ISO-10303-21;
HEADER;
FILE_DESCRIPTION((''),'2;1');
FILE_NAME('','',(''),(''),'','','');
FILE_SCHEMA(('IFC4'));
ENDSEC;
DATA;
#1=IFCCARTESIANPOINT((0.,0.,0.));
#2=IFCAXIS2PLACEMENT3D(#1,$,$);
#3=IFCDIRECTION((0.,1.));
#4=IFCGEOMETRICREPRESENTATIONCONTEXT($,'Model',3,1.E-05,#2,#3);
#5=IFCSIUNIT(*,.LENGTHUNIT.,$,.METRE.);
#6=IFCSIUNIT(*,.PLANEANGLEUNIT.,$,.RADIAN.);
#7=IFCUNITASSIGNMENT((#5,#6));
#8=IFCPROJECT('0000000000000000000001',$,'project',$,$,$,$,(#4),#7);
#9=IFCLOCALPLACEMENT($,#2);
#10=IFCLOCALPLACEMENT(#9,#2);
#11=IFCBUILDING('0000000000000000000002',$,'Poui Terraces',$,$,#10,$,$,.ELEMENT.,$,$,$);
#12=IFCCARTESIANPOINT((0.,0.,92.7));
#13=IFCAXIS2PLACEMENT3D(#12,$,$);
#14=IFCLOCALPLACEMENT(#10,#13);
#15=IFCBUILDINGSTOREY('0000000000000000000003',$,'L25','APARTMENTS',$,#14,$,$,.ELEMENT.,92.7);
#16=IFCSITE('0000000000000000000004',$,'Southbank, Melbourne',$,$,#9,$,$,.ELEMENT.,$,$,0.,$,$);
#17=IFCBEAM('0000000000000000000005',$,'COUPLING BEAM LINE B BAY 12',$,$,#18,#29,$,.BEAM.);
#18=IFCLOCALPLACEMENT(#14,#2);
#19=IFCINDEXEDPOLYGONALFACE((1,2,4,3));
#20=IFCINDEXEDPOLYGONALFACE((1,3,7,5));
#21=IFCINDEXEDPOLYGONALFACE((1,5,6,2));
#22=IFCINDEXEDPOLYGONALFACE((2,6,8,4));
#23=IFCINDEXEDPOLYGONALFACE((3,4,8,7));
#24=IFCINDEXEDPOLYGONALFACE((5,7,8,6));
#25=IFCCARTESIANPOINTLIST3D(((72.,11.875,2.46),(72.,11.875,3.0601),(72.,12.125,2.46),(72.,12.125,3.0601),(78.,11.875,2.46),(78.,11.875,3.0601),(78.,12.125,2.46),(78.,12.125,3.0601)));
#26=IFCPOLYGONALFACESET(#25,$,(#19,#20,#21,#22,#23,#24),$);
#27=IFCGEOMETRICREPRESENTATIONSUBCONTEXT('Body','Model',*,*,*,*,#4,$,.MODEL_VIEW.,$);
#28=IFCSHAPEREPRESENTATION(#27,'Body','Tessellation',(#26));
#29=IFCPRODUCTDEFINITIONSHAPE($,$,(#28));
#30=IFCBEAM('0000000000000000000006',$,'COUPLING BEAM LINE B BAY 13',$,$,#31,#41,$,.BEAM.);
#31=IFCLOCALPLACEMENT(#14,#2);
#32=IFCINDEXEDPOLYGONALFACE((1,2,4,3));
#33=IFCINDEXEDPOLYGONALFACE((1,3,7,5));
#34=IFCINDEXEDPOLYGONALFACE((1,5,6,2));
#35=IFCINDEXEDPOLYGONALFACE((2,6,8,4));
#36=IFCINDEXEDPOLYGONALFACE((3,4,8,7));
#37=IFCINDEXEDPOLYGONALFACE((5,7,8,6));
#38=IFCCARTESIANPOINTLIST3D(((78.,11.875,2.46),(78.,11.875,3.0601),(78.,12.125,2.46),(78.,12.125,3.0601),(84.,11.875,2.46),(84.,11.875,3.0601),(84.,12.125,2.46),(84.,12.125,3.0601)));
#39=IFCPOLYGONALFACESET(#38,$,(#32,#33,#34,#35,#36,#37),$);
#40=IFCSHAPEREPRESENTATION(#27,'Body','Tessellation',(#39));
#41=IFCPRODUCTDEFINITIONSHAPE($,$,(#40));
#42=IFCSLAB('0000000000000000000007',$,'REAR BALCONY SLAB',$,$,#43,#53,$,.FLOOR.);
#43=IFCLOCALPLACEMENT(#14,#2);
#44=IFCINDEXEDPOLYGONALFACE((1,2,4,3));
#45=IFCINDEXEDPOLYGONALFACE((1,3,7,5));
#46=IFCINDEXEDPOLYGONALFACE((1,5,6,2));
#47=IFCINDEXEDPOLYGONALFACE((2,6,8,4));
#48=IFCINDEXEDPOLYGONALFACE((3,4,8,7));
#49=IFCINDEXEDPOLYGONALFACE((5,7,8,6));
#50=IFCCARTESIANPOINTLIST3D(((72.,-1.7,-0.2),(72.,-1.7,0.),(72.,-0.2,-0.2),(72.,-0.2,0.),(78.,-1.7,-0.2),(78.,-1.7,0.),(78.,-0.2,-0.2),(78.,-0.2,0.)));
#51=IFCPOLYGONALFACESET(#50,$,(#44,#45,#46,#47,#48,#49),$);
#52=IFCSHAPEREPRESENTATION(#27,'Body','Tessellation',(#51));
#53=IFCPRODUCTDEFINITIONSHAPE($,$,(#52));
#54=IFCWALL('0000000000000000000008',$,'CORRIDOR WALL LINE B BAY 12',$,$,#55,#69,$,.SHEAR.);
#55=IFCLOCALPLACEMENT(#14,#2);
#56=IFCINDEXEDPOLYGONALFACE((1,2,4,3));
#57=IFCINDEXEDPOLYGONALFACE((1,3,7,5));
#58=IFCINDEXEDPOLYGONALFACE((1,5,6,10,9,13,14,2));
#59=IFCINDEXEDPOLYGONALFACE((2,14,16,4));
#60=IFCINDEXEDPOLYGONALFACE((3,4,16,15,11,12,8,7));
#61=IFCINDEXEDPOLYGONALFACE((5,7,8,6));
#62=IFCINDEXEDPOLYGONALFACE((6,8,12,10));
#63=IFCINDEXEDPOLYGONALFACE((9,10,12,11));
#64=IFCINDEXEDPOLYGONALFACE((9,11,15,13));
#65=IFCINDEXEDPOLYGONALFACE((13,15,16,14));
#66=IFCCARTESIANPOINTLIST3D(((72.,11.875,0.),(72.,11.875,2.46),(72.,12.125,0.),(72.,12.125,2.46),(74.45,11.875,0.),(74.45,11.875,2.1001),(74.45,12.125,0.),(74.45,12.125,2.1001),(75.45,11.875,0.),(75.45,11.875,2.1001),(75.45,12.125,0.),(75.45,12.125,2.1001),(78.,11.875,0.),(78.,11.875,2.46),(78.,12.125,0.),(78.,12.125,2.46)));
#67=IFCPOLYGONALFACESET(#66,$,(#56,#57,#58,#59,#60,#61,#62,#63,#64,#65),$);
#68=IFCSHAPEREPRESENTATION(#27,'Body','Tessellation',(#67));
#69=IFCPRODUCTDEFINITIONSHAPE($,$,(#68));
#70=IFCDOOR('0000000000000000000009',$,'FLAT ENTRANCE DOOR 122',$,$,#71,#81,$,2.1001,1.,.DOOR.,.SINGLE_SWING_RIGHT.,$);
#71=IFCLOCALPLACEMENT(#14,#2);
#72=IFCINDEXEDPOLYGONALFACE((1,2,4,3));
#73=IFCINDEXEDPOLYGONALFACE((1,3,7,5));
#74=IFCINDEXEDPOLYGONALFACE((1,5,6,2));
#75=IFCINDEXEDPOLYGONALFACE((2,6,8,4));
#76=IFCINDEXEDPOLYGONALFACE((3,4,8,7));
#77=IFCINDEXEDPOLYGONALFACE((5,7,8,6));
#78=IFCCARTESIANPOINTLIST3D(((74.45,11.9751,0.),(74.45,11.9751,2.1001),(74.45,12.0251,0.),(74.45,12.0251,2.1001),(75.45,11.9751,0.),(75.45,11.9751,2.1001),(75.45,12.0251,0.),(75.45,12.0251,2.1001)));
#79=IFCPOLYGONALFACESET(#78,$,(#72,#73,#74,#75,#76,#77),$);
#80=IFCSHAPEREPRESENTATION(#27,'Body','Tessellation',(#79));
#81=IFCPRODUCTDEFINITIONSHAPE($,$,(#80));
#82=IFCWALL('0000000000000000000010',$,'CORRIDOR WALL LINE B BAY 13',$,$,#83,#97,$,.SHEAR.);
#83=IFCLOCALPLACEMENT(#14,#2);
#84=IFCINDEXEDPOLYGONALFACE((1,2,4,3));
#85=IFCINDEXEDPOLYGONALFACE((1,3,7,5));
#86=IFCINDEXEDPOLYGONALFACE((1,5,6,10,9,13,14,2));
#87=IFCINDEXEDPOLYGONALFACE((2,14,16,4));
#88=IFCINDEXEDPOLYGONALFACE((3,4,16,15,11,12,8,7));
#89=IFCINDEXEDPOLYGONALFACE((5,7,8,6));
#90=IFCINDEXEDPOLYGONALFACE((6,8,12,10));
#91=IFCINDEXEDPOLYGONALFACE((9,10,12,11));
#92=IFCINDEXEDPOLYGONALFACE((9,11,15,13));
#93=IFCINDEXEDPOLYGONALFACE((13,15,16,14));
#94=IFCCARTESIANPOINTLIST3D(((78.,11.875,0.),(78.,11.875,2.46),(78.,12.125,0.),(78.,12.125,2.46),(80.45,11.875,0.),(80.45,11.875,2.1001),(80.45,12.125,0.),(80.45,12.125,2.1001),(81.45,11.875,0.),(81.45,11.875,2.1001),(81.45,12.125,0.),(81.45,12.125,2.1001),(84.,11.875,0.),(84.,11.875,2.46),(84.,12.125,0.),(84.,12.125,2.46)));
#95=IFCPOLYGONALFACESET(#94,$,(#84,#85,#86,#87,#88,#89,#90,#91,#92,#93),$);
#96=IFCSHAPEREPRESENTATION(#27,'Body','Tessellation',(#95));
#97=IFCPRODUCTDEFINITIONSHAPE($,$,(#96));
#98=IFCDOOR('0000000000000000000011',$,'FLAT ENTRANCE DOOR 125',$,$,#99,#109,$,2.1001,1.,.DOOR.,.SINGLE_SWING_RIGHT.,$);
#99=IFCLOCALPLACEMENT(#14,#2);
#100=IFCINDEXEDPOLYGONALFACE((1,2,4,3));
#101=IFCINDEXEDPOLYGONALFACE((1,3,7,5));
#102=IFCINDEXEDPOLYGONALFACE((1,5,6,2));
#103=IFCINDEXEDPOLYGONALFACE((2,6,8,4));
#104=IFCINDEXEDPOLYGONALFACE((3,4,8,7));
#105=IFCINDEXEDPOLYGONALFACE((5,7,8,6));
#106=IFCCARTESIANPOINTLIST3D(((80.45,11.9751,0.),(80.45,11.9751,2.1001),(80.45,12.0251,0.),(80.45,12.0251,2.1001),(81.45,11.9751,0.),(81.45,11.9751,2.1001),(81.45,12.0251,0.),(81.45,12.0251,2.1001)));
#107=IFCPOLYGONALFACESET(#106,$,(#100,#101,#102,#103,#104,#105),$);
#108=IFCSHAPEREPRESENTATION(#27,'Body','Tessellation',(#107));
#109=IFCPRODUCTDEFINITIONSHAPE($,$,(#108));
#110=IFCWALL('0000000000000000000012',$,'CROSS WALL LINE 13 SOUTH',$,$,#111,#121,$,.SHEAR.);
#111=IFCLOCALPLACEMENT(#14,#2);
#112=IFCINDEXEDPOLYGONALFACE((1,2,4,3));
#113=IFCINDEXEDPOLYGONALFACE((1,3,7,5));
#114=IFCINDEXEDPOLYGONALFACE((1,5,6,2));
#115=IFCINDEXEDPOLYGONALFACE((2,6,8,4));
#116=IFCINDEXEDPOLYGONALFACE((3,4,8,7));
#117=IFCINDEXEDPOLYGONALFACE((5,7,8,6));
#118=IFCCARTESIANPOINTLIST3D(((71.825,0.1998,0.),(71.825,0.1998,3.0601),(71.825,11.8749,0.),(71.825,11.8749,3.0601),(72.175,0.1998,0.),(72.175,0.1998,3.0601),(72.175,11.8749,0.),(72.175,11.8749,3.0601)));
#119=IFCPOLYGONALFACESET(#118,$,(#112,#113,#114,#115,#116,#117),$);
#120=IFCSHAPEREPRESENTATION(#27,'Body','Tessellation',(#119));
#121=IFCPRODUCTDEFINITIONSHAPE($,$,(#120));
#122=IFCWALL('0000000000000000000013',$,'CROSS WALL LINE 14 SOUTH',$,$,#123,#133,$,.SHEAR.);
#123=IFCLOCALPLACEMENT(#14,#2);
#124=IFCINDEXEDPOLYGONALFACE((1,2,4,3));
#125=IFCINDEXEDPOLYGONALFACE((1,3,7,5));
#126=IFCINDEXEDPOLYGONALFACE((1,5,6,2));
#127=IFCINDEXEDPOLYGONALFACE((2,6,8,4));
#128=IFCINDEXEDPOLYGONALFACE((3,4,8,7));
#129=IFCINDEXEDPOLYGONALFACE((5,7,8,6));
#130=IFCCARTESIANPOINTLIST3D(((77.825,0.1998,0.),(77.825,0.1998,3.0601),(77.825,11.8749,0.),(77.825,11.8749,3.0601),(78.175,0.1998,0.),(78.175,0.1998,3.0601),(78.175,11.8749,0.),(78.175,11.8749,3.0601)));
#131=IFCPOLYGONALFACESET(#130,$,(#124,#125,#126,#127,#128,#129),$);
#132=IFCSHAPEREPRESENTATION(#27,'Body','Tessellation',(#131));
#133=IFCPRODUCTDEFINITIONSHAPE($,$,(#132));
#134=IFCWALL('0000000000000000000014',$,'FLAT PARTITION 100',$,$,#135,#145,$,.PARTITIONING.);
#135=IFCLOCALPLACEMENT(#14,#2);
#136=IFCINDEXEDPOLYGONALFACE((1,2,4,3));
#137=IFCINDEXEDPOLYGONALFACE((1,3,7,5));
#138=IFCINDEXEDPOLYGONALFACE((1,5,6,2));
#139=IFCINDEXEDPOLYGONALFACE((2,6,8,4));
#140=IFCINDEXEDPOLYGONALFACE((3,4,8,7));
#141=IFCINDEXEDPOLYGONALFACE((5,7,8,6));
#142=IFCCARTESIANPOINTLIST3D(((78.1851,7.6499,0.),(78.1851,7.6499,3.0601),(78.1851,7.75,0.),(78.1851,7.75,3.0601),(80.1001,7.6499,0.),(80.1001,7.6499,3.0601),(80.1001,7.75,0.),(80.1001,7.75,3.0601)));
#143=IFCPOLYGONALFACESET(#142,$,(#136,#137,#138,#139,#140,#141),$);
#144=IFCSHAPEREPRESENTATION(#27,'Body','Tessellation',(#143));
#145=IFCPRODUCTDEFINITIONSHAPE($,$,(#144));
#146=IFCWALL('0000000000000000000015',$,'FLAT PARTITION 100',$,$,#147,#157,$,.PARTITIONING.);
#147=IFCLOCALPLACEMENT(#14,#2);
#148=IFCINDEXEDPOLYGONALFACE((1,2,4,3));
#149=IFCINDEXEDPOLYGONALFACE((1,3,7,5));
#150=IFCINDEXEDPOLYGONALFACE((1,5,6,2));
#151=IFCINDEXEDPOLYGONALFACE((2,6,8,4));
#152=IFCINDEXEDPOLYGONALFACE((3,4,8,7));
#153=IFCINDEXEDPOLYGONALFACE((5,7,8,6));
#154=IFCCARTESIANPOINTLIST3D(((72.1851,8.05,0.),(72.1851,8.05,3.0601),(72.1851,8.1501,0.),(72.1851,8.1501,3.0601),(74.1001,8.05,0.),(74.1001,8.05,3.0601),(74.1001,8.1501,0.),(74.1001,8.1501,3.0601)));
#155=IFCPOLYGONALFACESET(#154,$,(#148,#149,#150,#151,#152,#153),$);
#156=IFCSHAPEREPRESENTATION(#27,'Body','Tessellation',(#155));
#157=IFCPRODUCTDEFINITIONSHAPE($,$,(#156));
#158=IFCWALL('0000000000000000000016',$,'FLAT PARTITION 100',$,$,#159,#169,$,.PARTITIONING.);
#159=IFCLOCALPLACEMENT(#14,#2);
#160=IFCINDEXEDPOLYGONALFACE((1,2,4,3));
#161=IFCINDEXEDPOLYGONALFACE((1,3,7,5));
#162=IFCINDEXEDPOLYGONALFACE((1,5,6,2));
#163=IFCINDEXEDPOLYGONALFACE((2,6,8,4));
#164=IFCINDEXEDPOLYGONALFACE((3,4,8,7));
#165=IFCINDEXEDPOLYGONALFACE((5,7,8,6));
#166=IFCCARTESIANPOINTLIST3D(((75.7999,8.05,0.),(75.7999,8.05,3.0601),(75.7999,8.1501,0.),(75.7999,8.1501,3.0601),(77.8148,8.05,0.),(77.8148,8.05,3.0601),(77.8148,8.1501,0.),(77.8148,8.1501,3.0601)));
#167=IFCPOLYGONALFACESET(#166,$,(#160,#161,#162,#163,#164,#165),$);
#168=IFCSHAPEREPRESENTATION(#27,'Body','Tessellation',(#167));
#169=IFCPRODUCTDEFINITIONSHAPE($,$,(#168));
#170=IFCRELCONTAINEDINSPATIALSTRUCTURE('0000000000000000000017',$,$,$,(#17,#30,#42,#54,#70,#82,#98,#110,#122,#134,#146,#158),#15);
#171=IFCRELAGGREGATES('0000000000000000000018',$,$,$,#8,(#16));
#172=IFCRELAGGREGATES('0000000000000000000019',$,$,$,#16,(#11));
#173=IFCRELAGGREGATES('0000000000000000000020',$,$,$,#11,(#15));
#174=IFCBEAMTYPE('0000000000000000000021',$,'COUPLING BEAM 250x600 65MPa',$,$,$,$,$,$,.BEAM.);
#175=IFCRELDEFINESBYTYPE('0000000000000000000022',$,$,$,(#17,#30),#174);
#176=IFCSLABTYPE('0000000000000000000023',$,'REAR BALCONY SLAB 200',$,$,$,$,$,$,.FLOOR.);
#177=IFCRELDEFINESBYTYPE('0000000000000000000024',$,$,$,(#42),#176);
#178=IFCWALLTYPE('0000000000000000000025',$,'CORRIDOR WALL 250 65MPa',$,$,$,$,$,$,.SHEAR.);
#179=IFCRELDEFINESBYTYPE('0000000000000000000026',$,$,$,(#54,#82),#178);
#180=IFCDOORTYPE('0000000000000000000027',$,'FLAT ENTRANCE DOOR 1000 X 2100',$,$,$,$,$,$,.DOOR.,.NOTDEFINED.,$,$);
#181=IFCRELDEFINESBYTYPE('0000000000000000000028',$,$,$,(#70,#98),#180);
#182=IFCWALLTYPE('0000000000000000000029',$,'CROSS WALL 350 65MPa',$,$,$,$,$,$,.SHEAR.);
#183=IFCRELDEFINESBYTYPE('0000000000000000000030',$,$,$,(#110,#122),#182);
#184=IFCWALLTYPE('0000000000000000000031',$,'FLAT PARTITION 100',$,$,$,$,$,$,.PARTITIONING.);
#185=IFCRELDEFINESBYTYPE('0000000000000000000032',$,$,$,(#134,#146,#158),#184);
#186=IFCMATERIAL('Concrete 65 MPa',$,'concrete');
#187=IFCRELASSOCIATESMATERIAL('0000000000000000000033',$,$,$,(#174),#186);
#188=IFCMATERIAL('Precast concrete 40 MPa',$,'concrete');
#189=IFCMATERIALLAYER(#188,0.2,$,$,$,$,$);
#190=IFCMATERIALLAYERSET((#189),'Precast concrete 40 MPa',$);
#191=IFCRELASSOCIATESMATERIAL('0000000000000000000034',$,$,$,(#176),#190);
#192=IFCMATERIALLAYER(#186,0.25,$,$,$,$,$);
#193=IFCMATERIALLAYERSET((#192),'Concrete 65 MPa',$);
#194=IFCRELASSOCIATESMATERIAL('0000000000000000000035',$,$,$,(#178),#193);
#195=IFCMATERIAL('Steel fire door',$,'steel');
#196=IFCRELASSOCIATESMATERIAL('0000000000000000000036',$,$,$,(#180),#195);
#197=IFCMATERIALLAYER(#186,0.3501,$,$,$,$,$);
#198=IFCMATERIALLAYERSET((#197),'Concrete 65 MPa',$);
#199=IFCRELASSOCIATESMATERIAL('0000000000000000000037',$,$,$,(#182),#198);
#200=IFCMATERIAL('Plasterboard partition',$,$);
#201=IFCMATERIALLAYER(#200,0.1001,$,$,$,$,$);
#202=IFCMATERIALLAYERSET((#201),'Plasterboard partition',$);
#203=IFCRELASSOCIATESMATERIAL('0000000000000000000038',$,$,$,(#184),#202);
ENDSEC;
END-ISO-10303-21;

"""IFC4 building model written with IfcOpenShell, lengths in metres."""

from ifc_helpers import new_model, si_unit, direction, frame, frame_2d, origin, origin_2d, place, context, subcontext, project, spatial, polyline, rectangle, outline, extrude, source, transform, mapped, material, layer, layer_set, material_profile, profile_set, type_object, element, fill, save


model = new_model("IFC4")

# Units and contexts
model_context = context("Model", 3, precision=1e-05, world=origin(), true_north=direction((0.0, 1.0)))
body_context = subcontext(model_context, "Body", "Model", "MODEL_VIEW")
ifc_project = project(units=[si_unit("LENGTHUNIT", "METRE"), si_unit("PLANEANGLEUNIT", "RADIAN")], contexts=[model_context])

# Site, building, storey
site_placement = place(None, origin())
site = spatial("IfcSite", under=ifc_project, at=site_placement, Name="Southbank, Melbourne", CompositionType="ELEMENT", RefElevation=0.0)
building_placement = place(site_placement, origin())
building = spatial("IfcBuilding", under=site, at=building_placement, Name="Poui Terraces", CompositionType="ELEMENT")
storey_placement = place(building_placement, frame((0.0, 0.0, 92.7)))
storey = spatial("IfcBuildingStorey", under=building, at=storey_placement, Name="L25", Description="APARTMENTS", CompositionType="ELEMENT", Elevation=92.7)

# Beams
ifc_material_1 = material(Name="Concrete 65 MPa", Category="concrete")
ifc_material_profile_1 = material_profile(ifc_material_1, rectangle(XDim=0.25, YDim=0.6001, at=origin_2d()), Name="RC 250x600")
ifc_profile_set_1 = profile_set([ifc_material_profile_1], Name="Concrete 65 MPa")
beam_type = type_object("IfcBeamType", Name="COUPLING BEAM 250x600 65MPa", PredefinedType="BEAM", material=ifc_profile_set_1)
shared_shape_1 = source(origin(), body_context, "Body", "SweptSolid", [
    extrude(rectangle(XDim=0.25, YDim=0.6001, at=origin_2d()), origin(), (0.0, 0.0, 1.0), 6.0),
])
for number, where, z_axis, x_axis, name in (
    (1, (72.0, 12.0, 2.76), (1.0, 0.0, 0.0), (0.0, 1.0, 0.0), "COUPLING BEAM LINE B BAY 12"),
    (2, (78.0, 12.0, 2.76), (1.0, 0.0, 0.0), (0.0, 1.0, 0.0), "COUPLING BEAM LINE B BAY 13"),
):
    element("IfcBeam", number, at=place(storey_placement, frame(where, z_axis=z_axis, x_axis=x_axis)), inside=storey, type_object=beam_type, Name=name, PredefinedType="BEAM", context=body_context, shape_type="MappedRepresentation", body=[
        mapped(shared_shape_1, transform((0.0, 0.0, 0.0))),
    ])

# Slab
ifc_material_2 = material(Name="Precast concrete 40 MPa", Category="concrete")
ifc_layer_1 = layer(ifc_material_2, 0.2)
ifc_layer_set_1 = layer_set([ifc_layer_1], Name="Precast concrete 40 MPa")
slab_type = type_object("IfcSlabType", Name="REAR BALCONY SLAB 200", PredefinedType="FLOOR", material=ifc_layer_set_1)
shared_shape_2 = source(origin(), body_context, "Body", "SweptSolid", [
    extrude(outline(polyline([(0.0, 0.0), (6.0, 0.0), (6.0, 1.5), (0.0, 1.5), (0.0, 0.0)])), origin(), (0.0, 0.0, 1.0), 0.2),
])
slab_placement = place(storey_placement, frame((72.0, -1.7, -0.2)))
element("IfcSlab", 3, at=slab_placement, inside=storey, type_object=slab_type, Name="REAR BALCONY SLAB", PredefinedType="FLOOR", context=body_context, shape_type="MappedRepresentation", body=[
    mapped(shared_shape_2, transform((0.0, 0.0, 0.0))),
])

# Walls, openings, doors
ifc_layer_2 = layer(ifc_material_1, 0.25)
ifc_layer_set_2 = layer_set([ifc_layer_2], Name="Concrete 65 MPa")
wall_type_1 = type_object("IfcWallType", Name="CORRIDOR WALL 250 65MPa", PredefinedType="SHEAR", material=ifc_layer_set_2)
wall_1_placement = place(storey_placement, frame((72.0, 12.0, 0.0), z_axis=(0.0, 0.0, 1.0), x_axis=(1.0, 0.0, 0.0)))
wall_1 = element("IfcWall", 4, at=wall_1_placement, inside=storey, type_object=wall_type_1, Name="CORRIDOR WALL LINE B BAY 12", PredefinedType="SHEAR", context=body_context, shape_type="SweptSolid", body=[
    extrude(rectangle(XDim=6.0, YDim=0.25, at=frame_2d((3.0, 0.0))), origin(), (0.0, 0.0, 1.0), 2.46),
])
opening_1_placement = place(wall_1_placement, frame((2.45, 0.0, 0.0)))
opening_1 = element("IfcOpeningElement", 5, at=opening_1_placement, cuts=wall_1, PredefinedType="OPENING", context=body_context, shape_type="SweptSolid", body=[
    extrude(rectangle(XDim=1.0, YDim=2.1001, at=frame_2d((0.5, 1.05))), frame((0.0, 0.135, 0.0), z_axis=(0.0, -1.0, 0.0), x_axis=(1.0, 0.0, 0.0)), (0.0, 0.0, 1.0), 0.27),
])
ifc_material_3 = material(Name="Steel fire door", Category="steel")
door_type_1 = type_object("IfcDoorType", Name="FLAT ENTRANCE DOOR 1000 X 2100", OperationType="NOTDEFINED", PredefinedType="DOOR", material=ifc_material_3)
door_1_placement = place(opening_1_placement, frame((1.0, 0.0, 0.0), z_axis=(0.0, 0.0, 1.0), x_axis=(-1.0, 0.0, 0.0)))
door_1 = element("IfcDoor", 6, at=door_1_placement, inside=storey, type_object=door_type_1, Name="FLAT ENTRANCE DOOR 122", OperationType="SINGLE_SWING_RIGHT", OverallHeight=2.1001, OverallWidth=1.0, PredefinedType="DOOR", context=body_context, shape_type="SweptSolid", body=[
    extrude(rectangle(XDim=1.0, YDim=2.1001, at=frame_2d((0.5, 1.05))), frame((0.0, 0.0249, 0.0), z_axis=(0.0, -1.0, 0.0), x_axis=(1.0, 0.0, 0.0)), (0.0, 0.0, 1.0), 0.05),
])
fill(opening_1, door_1)
wall_2_placement = place(storey_placement, frame((78.0, 12.0, 0.0), z_axis=(0.0, 0.0, 1.0), x_axis=(1.0, 0.0, 0.0)))
wall_2 = element("IfcWall", 7, at=wall_2_placement, inside=storey, type_object=wall_type_1, Name="CORRIDOR WALL LINE B BAY 13", PredefinedType="SHEAR", context=body_context, shape_type="SweptSolid", body=[
    extrude(rectangle(XDim=6.0, YDim=0.25, at=frame_2d((3.0, 0.0))), origin(), (0.0, 0.0, 1.0), 2.46),
])
opening_2_placement = place(wall_2_placement, frame((2.45, 0.0, 0.0)))
opening_2 = element("IfcOpeningElement", 8, at=opening_2_placement, cuts=wall_2, PredefinedType="OPENING", context=body_context, shape_type="SweptSolid", body=[
    extrude(rectangle(XDim=1.0, YDim=2.1001, at=frame_2d((0.5, 1.05))), frame((0.0, 0.135, 0.0), z_axis=(0.0, -1.0, 0.0), x_axis=(1.0, 0.0, 0.0)), (0.0, 0.0, 1.0), 0.27),
])
door_2_placement = place(opening_2_placement, frame((1.0, 0.0, 0.0), z_axis=(0.0, 0.0, 1.0), x_axis=(-1.0, 0.0, 0.0)))
door_2 = element("IfcDoor", 9, at=door_2_placement, inside=storey, type_object=door_type_1, Name="FLAT ENTRANCE DOOR 125", OperationType="SINGLE_SWING_RIGHT", OverallHeight=2.1001, OverallWidth=1.0, PredefinedType="DOOR", context=body_context, shape_type="SweptSolid", body=[
    extrude(rectangle(XDim=1.0, YDim=2.1001, at=frame_2d((0.5, 1.05))), frame((0.0, 0.0249, 0.0), z_axis=(0.0, -1.0, 0.0), x_axis=(1.0, 0.0, 0.0)), (0.0, 0.0, 1.0), 0.05),
])
fill(opening_2, door_2)

# Walls
ifc_layer_3 = layer(ifc_material_1, 0.3501)
ifc_layer_set_3 = layer_set([ifc_layer_3], Name="Concrete 65 MPa")
wall_type_2 = type_object("IfcWallType", Name="CROSS WALL 350 65MPa", PredefinedType="SHEAR", material=ifc_layer_set_3)
for number, where, z_axis, x_axis, name in (
    (10, (72.0, 0.2, 0.0), (0.0, 0.0, 1.0), (0.0, 1.0, 0.0), "CROSS WALL LINE 13 SOUTH"),
    (11, (78.0, 0.2, 0.0), (0.0, 0.0, 1.0), (0.0, 1.0, 0.0), "CROSS WALL LINE 14 SOUTH"),
):
    element("IfcWall", number, at=place(storey_placement, frame(where, z_axis=z_axis, x_axis=x_axis)), inside=storey, type_object=wall_type_2, Name=name, PredefinedType="SHEAR", context=body_context, shape_type="SweptSolid", body=[
        extrude(rectangle(XDim=11.675, YDim=0.3501, at=frame_2d((5.8374, 0.0))), origin(), (0.0, 0.0, 1.0), 3.0601),
    ])
ifc_material_4 = material(Name="Plasterboard partition")
ifc_layer_4 = layer(ifc_material_4, 0.1001)
ifc_layer_set_4 = layer_set([ifc_layer_4], Name="Plasterboard partition")
wall_type_3 = type_object("IfcWallType", Name="FLAT PARTITION 100", PredefinedType="PARTITIONING", material=ifc_layer_set_4)
for number, where, z_axis, x_axis, name in (
    (12, (78.1851, 7.7, 0.0), (0.0, 0.0, 1.0), (1.0, 0.0, 0.0), "FLAT PARTITION 100"),
    (13, (72.1851, 8.1001, 0.0), (0.0, 0.0, 1.0), (1.0, 0.0, 0.0), "FLAT PARTITION 100"),
):
    element("IfcWall", number, at=place(storey_placement, frame(where, z_axis=z_axis, x_axis=x_axis)), inside=storey, type_object=wall_type_3, Name=name, PredefinedType="PARTITIONING", context=body_context, shape_type="SweptSolid", body=[
        extrude(rectangle(XDim=1.915, YDim=0.1001, at=frame_2d((0.9575, 0.0))), origin(), (0.0, 0.0, 1.0), 3.0601),
    ])
wall_3_placement = place(storey_placement, frame((75.8, 8.1001, 0.0), z_axis=(0.0, 0.0, 1.0), x_axis=(1.0, 0.0, 0.0)))
element("IfcWall", 14, at=wall_3_placement, inside=storey, type_object=wall_type_3, Name="FLAT PARTITION 100", PredefinedType="PARTITIONING", context=body_context, shape_type="SweptSolid", body=[
    extrude(rectangle(XDim=2.0149, YDim=0.1001, at=frame_2d((1.0073, 0.0))), origin(), (0.0, 0.0, 1.0), 3.0601),
])

save(model, "model.ifc")
